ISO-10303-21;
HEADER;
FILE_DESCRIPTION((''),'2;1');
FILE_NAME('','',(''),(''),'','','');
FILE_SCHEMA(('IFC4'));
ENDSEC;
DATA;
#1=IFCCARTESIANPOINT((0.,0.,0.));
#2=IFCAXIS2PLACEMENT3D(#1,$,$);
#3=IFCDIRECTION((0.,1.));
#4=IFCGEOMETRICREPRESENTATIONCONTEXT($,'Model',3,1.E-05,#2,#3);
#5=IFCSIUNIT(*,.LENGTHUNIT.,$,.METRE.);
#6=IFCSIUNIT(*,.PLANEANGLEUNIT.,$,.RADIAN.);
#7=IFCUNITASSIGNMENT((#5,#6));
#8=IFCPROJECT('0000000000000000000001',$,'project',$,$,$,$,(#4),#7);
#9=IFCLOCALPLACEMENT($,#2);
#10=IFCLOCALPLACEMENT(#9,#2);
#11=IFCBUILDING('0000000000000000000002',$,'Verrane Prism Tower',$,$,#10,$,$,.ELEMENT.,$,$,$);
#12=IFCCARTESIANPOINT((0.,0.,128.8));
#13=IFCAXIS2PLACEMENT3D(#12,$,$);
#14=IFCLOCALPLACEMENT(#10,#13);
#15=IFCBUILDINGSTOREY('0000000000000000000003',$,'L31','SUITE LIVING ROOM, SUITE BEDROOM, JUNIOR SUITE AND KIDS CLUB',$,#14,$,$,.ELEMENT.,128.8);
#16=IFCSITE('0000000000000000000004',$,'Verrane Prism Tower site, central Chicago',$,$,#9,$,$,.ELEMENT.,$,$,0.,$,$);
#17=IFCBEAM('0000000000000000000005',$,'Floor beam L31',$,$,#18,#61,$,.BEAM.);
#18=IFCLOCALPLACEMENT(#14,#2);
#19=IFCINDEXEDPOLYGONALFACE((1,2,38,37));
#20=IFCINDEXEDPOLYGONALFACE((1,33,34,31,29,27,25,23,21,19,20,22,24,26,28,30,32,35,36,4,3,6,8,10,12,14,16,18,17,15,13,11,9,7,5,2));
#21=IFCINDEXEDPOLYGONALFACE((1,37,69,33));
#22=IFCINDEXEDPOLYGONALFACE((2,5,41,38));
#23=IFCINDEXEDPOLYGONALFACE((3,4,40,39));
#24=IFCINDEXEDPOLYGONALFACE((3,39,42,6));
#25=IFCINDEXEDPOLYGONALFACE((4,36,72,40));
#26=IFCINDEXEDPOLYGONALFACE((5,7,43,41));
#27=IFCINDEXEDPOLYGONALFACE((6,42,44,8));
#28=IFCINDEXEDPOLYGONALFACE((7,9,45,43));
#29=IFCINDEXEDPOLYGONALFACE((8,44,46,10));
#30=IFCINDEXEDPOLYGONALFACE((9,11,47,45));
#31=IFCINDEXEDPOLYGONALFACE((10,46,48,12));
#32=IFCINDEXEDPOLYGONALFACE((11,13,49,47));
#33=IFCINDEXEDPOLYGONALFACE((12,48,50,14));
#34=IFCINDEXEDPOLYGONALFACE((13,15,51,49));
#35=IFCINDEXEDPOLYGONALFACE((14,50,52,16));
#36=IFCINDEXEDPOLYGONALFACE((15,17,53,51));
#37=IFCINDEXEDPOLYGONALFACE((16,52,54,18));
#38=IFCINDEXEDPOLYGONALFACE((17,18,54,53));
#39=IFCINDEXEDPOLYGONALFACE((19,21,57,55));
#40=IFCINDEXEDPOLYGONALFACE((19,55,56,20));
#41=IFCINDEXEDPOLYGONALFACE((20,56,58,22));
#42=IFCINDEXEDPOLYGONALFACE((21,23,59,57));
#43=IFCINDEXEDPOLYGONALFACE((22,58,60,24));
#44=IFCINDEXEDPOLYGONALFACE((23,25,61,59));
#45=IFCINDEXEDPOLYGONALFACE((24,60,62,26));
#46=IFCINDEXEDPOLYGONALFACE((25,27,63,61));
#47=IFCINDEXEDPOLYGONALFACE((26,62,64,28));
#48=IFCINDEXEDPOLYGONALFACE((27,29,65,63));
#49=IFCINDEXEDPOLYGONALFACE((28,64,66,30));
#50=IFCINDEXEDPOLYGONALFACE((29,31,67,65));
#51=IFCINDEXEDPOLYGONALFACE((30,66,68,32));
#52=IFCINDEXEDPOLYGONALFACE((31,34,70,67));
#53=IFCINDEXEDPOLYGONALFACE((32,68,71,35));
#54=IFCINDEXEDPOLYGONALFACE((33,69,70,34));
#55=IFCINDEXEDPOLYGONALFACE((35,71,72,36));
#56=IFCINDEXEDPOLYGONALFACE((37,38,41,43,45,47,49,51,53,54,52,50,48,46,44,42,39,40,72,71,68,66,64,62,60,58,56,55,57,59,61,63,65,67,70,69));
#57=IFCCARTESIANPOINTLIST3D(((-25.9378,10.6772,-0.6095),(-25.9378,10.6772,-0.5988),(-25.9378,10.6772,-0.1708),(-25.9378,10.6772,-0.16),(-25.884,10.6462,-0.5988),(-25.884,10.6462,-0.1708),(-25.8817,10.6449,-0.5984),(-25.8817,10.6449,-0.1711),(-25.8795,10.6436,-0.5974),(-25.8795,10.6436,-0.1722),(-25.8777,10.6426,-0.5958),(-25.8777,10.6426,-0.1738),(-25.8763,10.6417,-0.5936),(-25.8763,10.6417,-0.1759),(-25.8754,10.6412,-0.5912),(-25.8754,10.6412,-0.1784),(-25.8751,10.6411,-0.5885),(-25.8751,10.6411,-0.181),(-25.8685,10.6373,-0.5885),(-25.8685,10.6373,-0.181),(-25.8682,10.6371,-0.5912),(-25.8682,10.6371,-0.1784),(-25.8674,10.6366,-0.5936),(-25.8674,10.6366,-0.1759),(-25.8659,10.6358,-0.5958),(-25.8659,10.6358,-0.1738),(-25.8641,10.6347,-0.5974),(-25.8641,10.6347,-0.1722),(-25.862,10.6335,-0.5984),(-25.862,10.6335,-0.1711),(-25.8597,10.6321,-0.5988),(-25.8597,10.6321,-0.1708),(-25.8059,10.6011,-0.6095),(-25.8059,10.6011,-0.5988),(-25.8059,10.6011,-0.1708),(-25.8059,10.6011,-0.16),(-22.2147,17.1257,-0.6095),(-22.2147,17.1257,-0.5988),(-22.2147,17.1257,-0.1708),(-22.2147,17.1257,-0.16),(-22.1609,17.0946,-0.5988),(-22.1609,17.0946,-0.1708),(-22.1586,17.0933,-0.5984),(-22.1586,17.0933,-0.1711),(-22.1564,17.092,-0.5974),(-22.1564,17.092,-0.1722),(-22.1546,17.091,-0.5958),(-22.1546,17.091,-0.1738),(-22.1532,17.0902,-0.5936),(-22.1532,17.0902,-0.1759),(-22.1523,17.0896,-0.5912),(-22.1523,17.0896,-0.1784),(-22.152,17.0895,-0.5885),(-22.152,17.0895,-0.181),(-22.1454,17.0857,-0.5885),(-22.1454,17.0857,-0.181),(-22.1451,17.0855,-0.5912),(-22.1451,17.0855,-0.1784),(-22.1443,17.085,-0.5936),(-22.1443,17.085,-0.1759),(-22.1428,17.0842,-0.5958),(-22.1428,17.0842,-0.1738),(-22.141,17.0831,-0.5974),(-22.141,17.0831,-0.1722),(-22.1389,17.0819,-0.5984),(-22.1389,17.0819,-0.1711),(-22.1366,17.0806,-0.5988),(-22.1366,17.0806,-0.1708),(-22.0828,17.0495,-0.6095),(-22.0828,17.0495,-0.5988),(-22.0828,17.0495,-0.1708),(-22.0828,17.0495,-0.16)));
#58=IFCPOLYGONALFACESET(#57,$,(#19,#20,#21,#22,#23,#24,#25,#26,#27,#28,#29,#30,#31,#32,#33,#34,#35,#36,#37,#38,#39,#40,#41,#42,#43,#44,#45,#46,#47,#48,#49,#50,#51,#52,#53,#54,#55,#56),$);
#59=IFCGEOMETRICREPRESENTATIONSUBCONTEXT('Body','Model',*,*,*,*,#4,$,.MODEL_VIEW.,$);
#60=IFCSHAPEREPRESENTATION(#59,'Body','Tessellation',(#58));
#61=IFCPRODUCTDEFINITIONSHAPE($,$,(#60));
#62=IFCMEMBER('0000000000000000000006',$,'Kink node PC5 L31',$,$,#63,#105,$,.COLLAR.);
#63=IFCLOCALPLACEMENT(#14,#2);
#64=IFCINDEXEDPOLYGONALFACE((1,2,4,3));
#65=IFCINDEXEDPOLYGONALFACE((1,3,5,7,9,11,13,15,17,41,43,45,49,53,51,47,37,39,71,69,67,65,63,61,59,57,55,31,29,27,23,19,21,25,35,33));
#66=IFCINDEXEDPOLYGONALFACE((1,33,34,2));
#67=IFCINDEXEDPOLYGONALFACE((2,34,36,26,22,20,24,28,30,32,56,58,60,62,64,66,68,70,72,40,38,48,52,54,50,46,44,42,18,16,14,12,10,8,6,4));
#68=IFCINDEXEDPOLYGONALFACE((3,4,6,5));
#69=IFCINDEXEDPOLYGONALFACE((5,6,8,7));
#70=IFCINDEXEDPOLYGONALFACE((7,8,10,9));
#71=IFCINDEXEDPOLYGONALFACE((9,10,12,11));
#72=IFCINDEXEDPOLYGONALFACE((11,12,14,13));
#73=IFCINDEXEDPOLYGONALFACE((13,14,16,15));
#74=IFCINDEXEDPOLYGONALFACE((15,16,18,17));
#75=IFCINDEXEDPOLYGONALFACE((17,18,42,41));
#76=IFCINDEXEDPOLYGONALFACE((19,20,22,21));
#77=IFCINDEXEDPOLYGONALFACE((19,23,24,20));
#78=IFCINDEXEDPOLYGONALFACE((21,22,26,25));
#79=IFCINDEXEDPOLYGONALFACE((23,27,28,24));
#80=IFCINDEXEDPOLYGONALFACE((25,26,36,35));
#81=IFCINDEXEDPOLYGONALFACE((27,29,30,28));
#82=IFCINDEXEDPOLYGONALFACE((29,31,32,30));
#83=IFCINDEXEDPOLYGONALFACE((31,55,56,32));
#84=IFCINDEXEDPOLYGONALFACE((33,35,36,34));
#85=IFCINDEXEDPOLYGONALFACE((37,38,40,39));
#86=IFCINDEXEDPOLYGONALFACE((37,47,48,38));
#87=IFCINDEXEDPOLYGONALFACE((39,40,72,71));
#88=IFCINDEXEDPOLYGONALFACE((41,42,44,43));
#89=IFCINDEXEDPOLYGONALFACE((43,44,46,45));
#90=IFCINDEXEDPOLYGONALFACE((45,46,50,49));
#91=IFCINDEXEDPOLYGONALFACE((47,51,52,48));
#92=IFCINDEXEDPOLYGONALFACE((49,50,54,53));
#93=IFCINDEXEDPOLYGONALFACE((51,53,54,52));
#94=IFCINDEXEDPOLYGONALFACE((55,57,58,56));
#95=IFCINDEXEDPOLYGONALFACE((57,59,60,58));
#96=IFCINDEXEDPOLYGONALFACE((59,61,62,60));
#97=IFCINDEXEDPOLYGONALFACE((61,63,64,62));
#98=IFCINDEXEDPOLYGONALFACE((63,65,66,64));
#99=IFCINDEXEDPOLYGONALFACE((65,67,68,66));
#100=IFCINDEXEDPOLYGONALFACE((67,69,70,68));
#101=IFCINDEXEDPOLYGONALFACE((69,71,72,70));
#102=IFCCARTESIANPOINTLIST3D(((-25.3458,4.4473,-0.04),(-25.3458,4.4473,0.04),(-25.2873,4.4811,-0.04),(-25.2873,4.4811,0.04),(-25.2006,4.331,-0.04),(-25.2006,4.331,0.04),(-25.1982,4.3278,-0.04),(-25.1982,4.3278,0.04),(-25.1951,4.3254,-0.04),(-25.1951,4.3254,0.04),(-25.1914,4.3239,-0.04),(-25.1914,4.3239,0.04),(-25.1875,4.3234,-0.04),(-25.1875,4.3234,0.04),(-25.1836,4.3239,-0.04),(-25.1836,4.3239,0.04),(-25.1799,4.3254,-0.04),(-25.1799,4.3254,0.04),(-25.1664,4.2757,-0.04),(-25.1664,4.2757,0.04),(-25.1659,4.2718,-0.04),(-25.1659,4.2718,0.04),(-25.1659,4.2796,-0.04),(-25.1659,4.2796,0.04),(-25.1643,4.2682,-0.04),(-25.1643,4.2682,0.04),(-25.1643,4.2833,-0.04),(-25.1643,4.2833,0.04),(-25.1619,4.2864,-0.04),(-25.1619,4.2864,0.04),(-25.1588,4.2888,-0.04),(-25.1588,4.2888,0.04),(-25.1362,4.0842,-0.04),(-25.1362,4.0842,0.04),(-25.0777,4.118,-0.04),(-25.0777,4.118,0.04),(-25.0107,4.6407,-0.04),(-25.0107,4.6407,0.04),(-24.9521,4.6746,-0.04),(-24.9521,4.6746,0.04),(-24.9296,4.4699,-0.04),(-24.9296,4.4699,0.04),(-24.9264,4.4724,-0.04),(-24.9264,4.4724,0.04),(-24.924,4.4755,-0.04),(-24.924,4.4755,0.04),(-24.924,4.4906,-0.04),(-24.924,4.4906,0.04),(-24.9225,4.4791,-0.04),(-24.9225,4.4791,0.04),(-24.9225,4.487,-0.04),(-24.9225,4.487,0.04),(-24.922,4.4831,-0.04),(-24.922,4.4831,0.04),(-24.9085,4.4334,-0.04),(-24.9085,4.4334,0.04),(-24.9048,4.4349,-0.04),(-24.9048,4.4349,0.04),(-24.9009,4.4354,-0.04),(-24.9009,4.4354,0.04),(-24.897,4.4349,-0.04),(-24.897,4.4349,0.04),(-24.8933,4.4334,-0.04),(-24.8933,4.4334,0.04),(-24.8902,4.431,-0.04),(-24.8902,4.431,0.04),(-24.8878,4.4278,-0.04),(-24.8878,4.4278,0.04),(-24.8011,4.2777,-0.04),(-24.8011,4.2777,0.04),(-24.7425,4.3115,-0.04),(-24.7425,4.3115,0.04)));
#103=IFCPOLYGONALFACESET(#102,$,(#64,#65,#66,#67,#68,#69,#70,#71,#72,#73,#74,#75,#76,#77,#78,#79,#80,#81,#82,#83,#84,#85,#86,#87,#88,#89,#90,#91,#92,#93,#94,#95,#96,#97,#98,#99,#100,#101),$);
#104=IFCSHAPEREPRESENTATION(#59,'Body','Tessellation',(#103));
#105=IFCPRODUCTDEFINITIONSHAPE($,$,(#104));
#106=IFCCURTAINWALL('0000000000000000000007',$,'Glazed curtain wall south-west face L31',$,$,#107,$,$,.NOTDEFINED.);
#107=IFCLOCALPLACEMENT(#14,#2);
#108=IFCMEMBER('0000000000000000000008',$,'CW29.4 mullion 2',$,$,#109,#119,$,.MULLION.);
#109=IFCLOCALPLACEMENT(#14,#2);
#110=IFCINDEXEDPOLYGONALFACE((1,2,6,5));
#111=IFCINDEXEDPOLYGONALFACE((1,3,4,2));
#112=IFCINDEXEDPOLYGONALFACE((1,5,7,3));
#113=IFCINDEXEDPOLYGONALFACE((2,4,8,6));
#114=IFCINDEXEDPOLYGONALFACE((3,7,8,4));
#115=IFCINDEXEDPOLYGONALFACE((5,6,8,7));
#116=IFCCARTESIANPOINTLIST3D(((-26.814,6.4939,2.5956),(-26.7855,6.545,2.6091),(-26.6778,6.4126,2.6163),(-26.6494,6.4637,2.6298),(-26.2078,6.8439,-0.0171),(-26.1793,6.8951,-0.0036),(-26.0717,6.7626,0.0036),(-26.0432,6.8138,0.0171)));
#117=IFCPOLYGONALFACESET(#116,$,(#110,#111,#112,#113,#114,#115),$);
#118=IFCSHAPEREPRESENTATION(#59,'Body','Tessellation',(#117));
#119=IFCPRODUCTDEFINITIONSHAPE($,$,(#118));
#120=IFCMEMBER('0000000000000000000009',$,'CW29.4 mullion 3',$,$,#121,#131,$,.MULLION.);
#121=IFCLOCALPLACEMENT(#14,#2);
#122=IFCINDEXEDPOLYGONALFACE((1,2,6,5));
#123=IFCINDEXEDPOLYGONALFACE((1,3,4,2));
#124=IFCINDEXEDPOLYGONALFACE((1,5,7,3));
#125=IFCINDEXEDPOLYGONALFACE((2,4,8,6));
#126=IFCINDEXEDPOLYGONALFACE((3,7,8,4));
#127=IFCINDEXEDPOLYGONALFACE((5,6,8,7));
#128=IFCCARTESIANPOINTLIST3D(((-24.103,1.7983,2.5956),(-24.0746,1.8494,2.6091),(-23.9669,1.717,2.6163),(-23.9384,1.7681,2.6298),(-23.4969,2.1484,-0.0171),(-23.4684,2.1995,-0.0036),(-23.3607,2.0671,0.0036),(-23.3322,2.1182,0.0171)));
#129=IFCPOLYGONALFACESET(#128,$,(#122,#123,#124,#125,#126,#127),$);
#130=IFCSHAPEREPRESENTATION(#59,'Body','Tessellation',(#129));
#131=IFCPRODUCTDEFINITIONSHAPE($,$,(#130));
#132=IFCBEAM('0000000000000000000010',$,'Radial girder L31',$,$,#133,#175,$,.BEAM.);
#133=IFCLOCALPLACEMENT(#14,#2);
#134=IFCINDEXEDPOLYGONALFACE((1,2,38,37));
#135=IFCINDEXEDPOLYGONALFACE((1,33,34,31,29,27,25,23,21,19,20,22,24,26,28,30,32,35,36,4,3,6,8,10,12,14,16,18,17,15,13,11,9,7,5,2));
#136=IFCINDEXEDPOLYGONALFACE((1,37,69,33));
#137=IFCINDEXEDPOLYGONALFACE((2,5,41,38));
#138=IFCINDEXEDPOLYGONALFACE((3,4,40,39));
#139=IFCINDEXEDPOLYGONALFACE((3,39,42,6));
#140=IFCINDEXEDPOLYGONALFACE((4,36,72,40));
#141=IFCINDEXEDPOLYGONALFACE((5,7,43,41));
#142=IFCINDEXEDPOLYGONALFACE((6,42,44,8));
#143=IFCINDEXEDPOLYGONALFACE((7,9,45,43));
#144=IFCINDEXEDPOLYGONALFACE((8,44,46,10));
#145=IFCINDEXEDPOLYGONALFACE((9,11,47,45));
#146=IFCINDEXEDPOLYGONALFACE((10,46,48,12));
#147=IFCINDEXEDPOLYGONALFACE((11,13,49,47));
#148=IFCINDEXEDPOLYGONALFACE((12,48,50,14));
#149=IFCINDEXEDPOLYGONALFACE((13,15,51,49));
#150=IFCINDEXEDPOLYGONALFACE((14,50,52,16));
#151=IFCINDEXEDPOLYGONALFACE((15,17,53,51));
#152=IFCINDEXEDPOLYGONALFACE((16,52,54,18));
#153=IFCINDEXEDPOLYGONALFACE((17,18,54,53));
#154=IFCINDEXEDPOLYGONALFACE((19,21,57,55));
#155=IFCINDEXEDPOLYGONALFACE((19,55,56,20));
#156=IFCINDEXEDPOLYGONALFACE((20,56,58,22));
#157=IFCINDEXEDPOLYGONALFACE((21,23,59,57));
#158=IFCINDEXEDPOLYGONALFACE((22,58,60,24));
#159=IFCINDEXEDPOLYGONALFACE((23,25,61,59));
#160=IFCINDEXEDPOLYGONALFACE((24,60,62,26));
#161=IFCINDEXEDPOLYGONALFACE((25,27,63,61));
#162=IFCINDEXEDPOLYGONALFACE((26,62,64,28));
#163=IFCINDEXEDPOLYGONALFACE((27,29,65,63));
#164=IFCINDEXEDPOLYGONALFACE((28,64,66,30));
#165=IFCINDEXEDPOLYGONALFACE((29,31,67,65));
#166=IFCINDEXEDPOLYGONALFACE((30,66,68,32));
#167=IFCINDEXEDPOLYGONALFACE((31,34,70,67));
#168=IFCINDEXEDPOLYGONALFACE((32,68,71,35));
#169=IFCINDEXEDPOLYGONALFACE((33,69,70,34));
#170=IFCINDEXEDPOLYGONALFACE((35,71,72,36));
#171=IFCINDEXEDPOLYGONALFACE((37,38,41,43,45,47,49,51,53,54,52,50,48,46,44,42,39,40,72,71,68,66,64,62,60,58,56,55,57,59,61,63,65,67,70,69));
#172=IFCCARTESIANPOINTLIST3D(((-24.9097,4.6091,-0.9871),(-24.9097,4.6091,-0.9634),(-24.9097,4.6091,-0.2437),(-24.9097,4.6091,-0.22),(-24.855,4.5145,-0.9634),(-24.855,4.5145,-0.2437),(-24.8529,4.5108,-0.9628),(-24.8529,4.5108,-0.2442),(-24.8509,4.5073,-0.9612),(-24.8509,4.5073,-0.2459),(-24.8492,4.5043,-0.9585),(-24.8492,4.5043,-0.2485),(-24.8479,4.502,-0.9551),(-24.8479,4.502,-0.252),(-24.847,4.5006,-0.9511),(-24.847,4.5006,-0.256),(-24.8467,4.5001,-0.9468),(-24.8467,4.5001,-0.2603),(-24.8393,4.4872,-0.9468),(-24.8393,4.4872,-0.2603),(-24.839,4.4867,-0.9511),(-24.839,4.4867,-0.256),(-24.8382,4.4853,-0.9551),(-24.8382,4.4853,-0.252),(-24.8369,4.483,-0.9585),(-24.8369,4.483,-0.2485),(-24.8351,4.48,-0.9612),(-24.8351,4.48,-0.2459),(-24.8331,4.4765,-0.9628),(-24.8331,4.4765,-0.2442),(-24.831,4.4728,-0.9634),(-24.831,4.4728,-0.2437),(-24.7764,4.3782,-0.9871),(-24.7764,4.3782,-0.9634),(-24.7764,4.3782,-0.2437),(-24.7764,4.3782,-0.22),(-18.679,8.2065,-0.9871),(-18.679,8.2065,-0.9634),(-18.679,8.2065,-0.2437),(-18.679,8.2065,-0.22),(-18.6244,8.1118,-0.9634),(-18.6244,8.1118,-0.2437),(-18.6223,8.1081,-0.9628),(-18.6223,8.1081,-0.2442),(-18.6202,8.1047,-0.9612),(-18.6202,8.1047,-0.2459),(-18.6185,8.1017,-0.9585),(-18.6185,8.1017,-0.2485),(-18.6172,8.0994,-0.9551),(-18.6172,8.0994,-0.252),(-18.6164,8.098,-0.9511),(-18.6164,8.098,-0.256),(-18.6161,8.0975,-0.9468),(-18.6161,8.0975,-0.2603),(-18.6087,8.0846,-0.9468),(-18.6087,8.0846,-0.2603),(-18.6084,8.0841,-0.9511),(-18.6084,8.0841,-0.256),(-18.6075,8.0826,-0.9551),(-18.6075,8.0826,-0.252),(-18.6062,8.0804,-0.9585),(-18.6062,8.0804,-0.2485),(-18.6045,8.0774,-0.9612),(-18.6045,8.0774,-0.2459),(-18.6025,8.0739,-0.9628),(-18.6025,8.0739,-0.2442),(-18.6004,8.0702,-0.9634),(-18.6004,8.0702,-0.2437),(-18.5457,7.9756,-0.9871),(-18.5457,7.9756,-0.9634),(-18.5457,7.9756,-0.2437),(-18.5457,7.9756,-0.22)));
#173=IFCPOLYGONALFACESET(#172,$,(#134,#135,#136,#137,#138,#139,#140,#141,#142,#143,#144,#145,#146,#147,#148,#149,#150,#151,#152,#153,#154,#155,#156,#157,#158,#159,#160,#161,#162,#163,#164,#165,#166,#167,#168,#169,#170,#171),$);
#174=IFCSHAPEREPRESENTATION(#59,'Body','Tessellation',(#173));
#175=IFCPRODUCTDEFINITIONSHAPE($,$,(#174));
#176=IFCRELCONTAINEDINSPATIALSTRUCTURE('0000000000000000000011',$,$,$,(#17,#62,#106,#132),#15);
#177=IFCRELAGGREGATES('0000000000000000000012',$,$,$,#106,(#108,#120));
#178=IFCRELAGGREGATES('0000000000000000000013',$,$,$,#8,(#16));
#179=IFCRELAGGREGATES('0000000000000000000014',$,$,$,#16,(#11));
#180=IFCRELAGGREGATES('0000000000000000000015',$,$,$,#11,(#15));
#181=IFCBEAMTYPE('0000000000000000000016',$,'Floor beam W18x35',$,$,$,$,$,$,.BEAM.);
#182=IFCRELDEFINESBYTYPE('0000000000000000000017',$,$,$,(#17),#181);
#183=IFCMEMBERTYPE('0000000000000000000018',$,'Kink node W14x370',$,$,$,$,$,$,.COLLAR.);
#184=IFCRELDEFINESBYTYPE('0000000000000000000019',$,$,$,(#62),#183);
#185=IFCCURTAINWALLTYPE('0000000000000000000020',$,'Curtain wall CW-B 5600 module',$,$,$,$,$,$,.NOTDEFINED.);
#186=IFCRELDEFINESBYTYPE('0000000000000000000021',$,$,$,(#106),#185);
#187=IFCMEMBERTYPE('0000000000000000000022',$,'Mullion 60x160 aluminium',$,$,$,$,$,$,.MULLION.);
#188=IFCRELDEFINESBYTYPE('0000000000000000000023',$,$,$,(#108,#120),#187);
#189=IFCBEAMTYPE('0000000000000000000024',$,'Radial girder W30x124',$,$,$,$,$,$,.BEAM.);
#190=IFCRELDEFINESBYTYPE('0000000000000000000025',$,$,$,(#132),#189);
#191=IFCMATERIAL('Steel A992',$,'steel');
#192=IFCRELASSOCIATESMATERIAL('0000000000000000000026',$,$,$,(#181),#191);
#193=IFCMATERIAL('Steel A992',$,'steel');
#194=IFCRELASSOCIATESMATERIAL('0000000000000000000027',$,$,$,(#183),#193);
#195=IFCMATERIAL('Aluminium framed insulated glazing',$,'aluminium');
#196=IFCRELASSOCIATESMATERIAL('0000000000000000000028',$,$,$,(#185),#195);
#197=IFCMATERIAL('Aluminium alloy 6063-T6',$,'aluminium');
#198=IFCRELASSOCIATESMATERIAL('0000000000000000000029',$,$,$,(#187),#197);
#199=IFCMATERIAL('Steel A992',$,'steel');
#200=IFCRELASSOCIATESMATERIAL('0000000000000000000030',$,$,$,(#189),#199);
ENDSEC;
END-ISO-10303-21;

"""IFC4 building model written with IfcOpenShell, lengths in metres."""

from ifc_helpers import new_model, si_unit, direction, frame, origin, origin_2d, place, context, subcontext, project, spatial, rectangle, i_section, extrude, material, material_profile, profile_set, type_object, element, aggregate, save


model = new_model("IFC4")

# Units and contexts
model_context = context("Model", 3, precision=1e-05, world=origin(), true_north=direction((0.0, 1.0)))
body_context = subcontext(model_context, "Body", "Model", "MODEL_VIEW")
ifc_project = project(units=[si_unit("LENGTHUNIT", "METRE"), si_unit("PLANEANGLEUNIT", "RADIAN")], contexts=[model_context])

# Site, building, storey
site_placement = place(None, origin())
site = spatial("IfcSite", under=ifc_project, at=site_placement, Name="Verrane Prism Tower site, central Chicago", CompositionType="ELEMENT", RefElevation=0.0)
building_placement = place(site_placement, origin())
building = spatial("IfcBuilding", under=site, at=building_placement, Name="Verrane Prism Tower", CompositionType="ELEMENT")
storey_placement = place(building_placement, frame((0.0, 0.0, 128.8)))
storey = spatial("IfcBuildingStorey", under=building, at=storey_placement, Name="L31", Description="SUITE LIVING ROOM, SUITE BEDROOM, JUNIOR SUITE AND KIDS CLUB", CompositionType="ELEMENT", Elevation=128.8)

# Beam
ifc_material_1 = material(Name="Steel A992", Category="steel")
ifc_material_profile_1 = material_profile(ifc_material_1, i_section(OverallWidth=0.1523, OverallDepth=0.4495, WebThickness=0.0076, FlangeThickness=0.0107, FilletRadius=0.0103, at=origin_2d()), Name="W18x35")
ifc_profile_set_1 = profile_set([ifc_material_profile_1], Name="Steel A992")
beam_type_1 = type_object("IfcBeamType", Name="Floor beam W18x35", PredefinedType="BEAM", material=ifc_profile_set_1)
beam_1_placement = place(storey_placement, frame((-25.8718, 10.6392, -0.3848), z_axis=(0.500011, 0.866019, 0.0), x_axis=(-0.866019, 0.500011, 0.0)))
element("IfcBeam", 1, at=beam_1_placement, inside=storey, type_object=beam_type_1, Name="Floor beam L31", PredefinedType="BEAM", context=body_context, shape_type="SweptSolid", body=[
    extrude(i_section(OverallWidth=0.1523, OverallDepth=0.4495, WebThickness=0.0076, FlangeThickness=0.0107, FilletRadius=0.0103, at=origin_2d()), origin(), (0.0, 0.0, 1.0), 7.446),
])

# Member
ifc_material_2 = material(Name="Steel A992", Category="steel")
ifc_material_profile_2 = material_profile(ifc_material_2, i_section(OverallWidth=0.4192, OverallDepth=0.4546, WebThickness=0.0422, FlangeThickness=0.0676, FilletRadius=0.0151, at=origin_2d()), Name="W14x370")
ifc_profile_set_2 = profile_set([ifc_material_profile_2], Name="Steel A992")
member_type_1 = type_object("IfcMemberType", Name="Kink node W14x370", PredefinedType="COLLAR", material=ifc_profile_set_2)
member_1_placement = place(storey_placement, frame((-25.0442, 4.3794, -0.04), z_axis=(0.0, 0.0, 1.0), x_axis=(-0.5, 0.866025, 0.0)))
element("IfcMember", 2, at=member_1_placement, inside=storey, type_object=member_type_1, Name="Kink node PC5 L31", PredefinedType="COLLAR", context=body_context, shape_type="SweptSolid", body=[
    extrude(i_section(OverallWidth=0.4192, OverallDepth=0.4546, WebThickness=0.0422, FlangeThickness=0.0676, FilletRadius=0.0151, at=origin_2d()), origin(), (0.0, 0.0, 1.0), 0.0801),
])

# Curtain wall, members
ifc_material_3 = material(Name="Aluminium framed insulated glazing", Category="aluminium")
curtain_wall_type = type_object("IfcCurtainWallType", Name="Curtain wall CW-B 5600 module", PredefinedType="NOTDEFINED", material=ifc_material_3)
curtain_wall_placement = place(storey_placement, origin())
curtain_wall = element("IfcCurtainWall", 3, at=curtain_wall_placement, inside=storey, type_object=curtain_wall_type, Name="Glazed curtain wall south-west face L31", PredefinedType="NOTDEFINED")
ifc_material_4 = material(Name="Aluminium alloy 6063-T6", Category="aluminium")
ifc_material_profile_3 = material_profile(ifc_material_4, rectangle(XDim=0.1599, YDim=0.0601, at=origin_2d()), Name="Mullion 60x160 aluminium")
ifc_profile_set_3 = profile_set([ifc_material_profile_3], Name="Aluminium alloy 6063-T6")
member_type_2 = type_object("IfcMemberType", Name="Mullion 60x160 aluminium", PredefinedType="MULLION", material=ifc_profile_set_3)
member_2_placement = place(storey_placement, frame((-26.1255, 6.8289, 0.0), z_axis=(-0.224108, -0.129429, 0.965931), x_axis=(0.851341, -0.508404, 0.129399)))
member_2 = element("IfcMember", 4, at=member_2_placement, type_object=member_type_2, Name="CW29.4 mullion 2", PredefinedType="MULLION", context=body_context, shape_type="SweptSolid", body=[
    extrude(rectangle(XDim=0.1599, YDim=0.0601, at=origin_2d()), origin(), (0.0, 0.0, 1.0), 2.7048),
])
member_3_placement = place(storey_placement, frame((-23.4146, 2.1333, 0.0), z_axis=(-0.224108, -0.129429, 0.965931), x_axis=(0.851341, -0.508404, 0.129399)))
member_3 = element("IfcMember", 5, at=member_3_placement, type_object=member_type_2, Name="CW29.4 mullion 3", PredefinedType="MULLION", context=body_context, shape_type="SweptSolid", body=[
    extrude(rectangle(XDim=0.1599, YDim=0.0601, at=origin_2d()), origin(), (0.0, 0.0, 1.0), 2.7048),
])

# Beam
ifc_material_5 = material(Name="Steel A992", Category="steel")
ifc_material_profile_4 = material_profile(ifc_material_5, i_section(OverallWidth=0.2666, OverallDepth=0.7671, WebThickness=0.0149, FlangeThickness=0.0237, FilletRadius=0.0166, at=origin_2d()), Name="W30x124")
ifc_profile_set_4 = profile_set([ifc_material_profile_4], Name="Steel A992")
beam_type_2 = type_object("IfcBeamType", Name="Radial girder W30x124", PredefinedType="BEAM", material=ifc_profile_set_4)
beam_2_placement = place(storey_placement, frame((-24.843, 4.4937, -0.6035), z_axis=(0.866019, 0.500011, 0.0), x_axis=(-0.500011, 0.866019, 0.0)))
element("IfcBeam", 6, at=beam_2_placement, inside=storey, type_object=beam_type_2, Name="Radial girder L31", PredefinedType="BEAM", context=body_context, shape_type="SweptSolid", body=[
    extrude(i_section(OverallWidth=0.2666, OverallDepth=0.7671, WebThickness=0.0149, FlangeThickness=0.0237, FilletRadius=0.0166, at=origin_2d()), origin(), (0.0, 0.0, 1.0), 7.1946),
])

aggregate(curtain_wall, [member_2, member_3])

save(model, "model.ifc")
